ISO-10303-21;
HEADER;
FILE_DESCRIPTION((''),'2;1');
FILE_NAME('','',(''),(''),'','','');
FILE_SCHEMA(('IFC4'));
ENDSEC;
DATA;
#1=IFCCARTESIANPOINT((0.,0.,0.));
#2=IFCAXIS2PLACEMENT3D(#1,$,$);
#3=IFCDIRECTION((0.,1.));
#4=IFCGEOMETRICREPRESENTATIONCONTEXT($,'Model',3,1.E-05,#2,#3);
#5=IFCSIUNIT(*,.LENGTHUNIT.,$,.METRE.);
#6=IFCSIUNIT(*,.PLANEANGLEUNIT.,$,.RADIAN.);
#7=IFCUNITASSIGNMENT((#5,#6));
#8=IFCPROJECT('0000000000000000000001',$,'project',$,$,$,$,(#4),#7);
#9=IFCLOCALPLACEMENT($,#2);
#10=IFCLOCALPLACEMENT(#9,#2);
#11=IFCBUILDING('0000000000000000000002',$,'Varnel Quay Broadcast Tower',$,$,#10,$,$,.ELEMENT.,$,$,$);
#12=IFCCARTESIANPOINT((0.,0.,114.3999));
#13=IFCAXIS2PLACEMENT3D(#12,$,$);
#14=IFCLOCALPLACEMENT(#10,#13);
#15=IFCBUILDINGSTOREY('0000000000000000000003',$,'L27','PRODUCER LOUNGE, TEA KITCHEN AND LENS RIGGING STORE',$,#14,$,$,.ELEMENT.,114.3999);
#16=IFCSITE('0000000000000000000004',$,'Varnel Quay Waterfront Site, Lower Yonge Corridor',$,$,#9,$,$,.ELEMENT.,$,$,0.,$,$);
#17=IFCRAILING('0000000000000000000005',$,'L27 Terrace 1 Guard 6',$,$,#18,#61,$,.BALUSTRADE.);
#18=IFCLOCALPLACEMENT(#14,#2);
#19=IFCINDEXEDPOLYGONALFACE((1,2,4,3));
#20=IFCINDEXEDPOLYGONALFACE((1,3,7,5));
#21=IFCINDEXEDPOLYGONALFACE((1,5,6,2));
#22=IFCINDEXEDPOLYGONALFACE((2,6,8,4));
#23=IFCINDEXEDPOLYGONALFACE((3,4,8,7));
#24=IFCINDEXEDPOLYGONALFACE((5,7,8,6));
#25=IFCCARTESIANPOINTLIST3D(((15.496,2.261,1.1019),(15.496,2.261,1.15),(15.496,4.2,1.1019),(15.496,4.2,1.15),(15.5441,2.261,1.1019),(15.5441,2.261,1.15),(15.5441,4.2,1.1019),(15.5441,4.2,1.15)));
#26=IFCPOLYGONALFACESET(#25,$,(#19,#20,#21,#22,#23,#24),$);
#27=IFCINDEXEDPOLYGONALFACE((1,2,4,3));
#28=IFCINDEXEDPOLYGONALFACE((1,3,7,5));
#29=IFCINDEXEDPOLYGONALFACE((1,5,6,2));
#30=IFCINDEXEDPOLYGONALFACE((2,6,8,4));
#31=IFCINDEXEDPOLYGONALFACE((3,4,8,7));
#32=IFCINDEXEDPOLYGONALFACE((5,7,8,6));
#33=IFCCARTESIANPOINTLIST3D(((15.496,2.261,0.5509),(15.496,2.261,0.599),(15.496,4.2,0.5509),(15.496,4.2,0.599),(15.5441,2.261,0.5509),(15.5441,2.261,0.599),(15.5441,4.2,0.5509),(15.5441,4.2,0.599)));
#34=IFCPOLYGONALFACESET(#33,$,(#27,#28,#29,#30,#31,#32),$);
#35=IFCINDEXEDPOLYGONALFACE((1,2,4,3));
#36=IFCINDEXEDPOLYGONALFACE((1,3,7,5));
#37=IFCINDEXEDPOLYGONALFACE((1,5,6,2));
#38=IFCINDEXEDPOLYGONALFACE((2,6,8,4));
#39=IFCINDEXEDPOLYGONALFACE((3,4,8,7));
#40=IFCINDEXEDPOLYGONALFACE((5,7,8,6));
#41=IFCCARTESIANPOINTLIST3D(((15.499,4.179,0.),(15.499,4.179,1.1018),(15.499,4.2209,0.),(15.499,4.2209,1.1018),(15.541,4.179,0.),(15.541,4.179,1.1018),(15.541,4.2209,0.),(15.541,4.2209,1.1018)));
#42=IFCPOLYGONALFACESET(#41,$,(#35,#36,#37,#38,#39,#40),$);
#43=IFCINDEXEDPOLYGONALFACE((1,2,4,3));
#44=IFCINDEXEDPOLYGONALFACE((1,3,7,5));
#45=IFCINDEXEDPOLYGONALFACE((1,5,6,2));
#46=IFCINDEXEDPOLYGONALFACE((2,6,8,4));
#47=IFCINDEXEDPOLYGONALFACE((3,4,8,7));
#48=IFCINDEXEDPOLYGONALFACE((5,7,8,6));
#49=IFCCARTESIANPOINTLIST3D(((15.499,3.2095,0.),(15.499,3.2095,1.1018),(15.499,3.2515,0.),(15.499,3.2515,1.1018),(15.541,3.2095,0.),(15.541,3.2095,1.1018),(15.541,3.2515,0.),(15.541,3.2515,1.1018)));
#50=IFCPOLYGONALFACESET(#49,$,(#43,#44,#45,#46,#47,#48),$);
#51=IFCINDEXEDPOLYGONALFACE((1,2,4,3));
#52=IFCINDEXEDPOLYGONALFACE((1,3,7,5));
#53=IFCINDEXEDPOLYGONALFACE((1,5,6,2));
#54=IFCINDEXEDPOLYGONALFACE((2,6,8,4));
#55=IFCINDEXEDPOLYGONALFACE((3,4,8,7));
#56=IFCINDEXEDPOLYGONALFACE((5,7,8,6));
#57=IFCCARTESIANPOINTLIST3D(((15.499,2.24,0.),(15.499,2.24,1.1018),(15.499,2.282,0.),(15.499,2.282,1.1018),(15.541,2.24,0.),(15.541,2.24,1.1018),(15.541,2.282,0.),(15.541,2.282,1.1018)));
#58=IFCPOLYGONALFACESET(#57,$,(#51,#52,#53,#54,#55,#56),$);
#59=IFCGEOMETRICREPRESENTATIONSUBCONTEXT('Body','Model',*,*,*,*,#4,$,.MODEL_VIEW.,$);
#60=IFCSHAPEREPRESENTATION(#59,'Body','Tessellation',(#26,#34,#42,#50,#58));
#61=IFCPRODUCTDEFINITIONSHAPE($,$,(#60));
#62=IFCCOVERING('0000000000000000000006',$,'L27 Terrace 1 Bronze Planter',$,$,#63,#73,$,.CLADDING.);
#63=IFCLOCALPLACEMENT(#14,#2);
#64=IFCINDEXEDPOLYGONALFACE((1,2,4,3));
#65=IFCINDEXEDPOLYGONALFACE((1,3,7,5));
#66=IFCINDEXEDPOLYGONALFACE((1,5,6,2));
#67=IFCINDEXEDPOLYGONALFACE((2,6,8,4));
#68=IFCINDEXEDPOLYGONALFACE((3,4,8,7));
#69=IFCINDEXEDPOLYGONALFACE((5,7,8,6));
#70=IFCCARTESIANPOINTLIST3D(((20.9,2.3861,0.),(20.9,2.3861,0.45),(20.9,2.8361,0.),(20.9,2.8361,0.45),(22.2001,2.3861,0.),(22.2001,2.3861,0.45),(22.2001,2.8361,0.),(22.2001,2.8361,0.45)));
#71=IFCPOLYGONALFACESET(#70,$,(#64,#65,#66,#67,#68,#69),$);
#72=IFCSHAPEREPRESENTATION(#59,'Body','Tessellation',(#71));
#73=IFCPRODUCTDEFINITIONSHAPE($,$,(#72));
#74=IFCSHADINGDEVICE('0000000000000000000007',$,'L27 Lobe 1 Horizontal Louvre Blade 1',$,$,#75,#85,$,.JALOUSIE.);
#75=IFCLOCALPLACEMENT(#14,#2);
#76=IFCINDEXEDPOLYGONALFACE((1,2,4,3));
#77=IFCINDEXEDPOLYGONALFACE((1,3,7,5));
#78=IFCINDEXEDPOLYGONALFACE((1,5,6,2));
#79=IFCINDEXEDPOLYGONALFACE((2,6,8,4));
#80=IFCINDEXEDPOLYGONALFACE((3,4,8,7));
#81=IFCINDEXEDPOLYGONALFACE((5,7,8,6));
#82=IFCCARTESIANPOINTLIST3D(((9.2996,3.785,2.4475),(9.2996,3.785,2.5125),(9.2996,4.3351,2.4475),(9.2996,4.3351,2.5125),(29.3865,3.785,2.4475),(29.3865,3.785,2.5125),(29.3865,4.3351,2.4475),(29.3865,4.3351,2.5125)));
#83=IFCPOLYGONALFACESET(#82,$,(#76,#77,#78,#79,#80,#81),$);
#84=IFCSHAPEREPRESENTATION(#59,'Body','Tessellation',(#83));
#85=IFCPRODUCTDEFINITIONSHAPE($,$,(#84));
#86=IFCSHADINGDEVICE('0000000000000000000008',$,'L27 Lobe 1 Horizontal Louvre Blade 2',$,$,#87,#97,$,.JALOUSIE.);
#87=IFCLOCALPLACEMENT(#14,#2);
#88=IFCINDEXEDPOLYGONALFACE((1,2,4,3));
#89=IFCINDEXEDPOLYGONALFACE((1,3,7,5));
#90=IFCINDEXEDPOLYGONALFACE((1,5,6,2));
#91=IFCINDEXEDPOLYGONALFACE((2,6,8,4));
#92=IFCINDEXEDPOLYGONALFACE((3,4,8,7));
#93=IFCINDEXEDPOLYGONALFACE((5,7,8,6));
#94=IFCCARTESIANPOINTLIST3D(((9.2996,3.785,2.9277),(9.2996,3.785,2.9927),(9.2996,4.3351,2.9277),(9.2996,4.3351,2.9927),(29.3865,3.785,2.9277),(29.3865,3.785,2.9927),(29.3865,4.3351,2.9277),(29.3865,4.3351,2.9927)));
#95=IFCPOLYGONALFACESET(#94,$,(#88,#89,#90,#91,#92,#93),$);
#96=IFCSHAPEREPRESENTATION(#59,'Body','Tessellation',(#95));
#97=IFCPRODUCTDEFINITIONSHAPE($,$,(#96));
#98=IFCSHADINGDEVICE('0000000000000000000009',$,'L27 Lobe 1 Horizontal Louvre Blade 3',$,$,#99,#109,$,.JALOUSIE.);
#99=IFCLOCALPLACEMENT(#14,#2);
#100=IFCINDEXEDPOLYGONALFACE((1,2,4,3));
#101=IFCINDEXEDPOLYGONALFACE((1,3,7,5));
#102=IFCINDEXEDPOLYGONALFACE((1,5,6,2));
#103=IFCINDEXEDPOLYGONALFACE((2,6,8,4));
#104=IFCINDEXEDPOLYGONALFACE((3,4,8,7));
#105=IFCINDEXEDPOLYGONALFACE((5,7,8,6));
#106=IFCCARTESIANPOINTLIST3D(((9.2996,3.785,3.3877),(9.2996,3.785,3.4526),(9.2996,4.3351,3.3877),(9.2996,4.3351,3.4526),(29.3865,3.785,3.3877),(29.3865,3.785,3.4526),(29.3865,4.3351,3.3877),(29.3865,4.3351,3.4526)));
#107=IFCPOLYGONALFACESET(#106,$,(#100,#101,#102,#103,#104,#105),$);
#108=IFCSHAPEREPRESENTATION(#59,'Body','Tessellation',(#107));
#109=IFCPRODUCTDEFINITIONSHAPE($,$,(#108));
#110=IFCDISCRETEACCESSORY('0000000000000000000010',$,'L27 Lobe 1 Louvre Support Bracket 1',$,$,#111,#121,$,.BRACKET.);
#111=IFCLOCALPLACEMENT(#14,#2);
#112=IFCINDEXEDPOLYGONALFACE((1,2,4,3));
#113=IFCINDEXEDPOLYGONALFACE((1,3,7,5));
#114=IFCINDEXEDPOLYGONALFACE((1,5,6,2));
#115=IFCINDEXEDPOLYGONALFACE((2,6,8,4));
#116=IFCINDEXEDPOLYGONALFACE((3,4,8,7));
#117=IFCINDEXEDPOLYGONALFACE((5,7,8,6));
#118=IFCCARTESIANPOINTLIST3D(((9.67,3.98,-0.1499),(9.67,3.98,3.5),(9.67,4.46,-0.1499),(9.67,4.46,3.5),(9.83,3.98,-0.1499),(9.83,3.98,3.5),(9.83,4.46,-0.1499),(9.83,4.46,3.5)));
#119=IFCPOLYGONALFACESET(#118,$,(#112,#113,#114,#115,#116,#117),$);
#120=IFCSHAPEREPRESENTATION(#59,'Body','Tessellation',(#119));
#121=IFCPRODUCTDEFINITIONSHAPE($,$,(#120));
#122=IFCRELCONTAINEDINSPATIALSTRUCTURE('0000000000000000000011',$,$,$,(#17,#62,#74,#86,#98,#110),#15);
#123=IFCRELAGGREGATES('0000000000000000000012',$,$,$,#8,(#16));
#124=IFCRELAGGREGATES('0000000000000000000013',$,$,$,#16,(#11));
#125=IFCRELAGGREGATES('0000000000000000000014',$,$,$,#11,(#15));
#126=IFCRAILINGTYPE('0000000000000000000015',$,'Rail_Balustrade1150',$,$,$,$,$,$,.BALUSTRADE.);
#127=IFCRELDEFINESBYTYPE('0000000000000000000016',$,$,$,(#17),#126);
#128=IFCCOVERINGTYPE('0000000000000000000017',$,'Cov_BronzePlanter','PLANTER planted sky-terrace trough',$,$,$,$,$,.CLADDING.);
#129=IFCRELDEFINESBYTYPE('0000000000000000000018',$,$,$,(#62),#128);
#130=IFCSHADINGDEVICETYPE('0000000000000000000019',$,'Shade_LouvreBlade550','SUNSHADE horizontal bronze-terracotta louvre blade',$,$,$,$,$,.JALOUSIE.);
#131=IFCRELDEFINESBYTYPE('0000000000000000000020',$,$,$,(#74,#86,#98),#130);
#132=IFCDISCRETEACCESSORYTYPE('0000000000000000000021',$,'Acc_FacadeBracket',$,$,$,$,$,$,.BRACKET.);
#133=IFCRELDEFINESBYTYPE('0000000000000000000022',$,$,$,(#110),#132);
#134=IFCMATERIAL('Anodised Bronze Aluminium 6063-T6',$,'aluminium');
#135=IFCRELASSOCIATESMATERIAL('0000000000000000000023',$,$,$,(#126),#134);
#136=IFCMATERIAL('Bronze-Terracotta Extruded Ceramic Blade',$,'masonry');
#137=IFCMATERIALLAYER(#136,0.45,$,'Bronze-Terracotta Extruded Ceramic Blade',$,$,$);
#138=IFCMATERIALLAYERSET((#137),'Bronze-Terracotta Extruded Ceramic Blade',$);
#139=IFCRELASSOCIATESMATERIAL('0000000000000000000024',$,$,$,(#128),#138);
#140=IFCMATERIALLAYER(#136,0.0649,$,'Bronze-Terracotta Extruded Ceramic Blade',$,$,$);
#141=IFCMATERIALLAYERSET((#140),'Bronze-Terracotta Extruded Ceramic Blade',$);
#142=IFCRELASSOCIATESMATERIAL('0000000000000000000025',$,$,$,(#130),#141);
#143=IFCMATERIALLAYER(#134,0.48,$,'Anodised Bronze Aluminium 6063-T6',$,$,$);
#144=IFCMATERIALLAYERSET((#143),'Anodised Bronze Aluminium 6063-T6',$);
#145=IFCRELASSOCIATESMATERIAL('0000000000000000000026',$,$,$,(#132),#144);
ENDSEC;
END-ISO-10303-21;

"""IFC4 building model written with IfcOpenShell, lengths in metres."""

from ifc_helpers import new_model, si_unit, direction, frame, origin, origin_2d, place, context, subcontext, project, spatial, rectangle, extrude, source, transform, mapped, material, layer, layer_set, type_object, type_shapes, element, save


model = new_model("IFC4")

# Units and contexts
model_context = context("Model", 3, precision=1e-05, world=origin(), true_north=direction((0.0, 1.0)))
body_context = subcontext(model_context, "Body", "Model", "MODEL_VIEW")
ifc_project = project(units=[si_unit("LENGTHUNIT", "METRE"), si_unit("PLANEANGLEUNIT", "RADIAN")], contexts=[model_context])

# Site, building, storey
site_placement = place(None, origin())
site = spatial("IfcSite", under=ifc_project, at=site_placement, Name="Varnel Quay Waterfront Site, Lower Yonge Corridor", CompositionType="ELEMENT", RefElevation=0.0)
building_placement = place(site_placement, origin())
building = spatial("IfcBuilding", under=site, at=building_placement, Name="Varnel Quay Broadcast Tower", CompositionType="ELEMENT")
storey_placement = place(building_placement, frame((0.0, 0.0, 114.3999)))
storey = spatial("IfcBuildingStorey", under=building, at=storey_placement, Name="L27", Description="PRODUCER LOUNGE, TEA KITCHEN AND LENS RIGGING STORE", CompositionType="ELEMENT", Elevation=114.3999)

# Shared definitions
ifc_material_1 = material(Name="Anodised Bronze Aluminium 6063-T6", Category="aluminium")

# Railing
railing_type = type_object("IfcRailingType", Name="Rail_Balustrade1150", PredefinedType="BALUSTRADE", material=ifc_material_1)
railing_1_placement = place(storey_placement, frame((15.52, 4.2, 0.0)))
element("IfcRailing", 1, at=railing_1_placement, inside=storey, type_object=railing_type, Name="L27 Terrace 1 Guard 6", PredefinedType="BALUSTRADE", context=body_context, shape_type="SweptSolid", body=[
    extrude(rectangle(XDim=0.0481, YDim=0.0481, at=origin_2d()), frame((0.0, 0.0, 1.126), z_axis=(0.0, -1.0, 0.0), x_axis=(1.0, 0.0, 0.0)), (0.0, 0.0, 1.0), 1.939),
    extrude(rectangle(XDim=0.0481, YDim=0.0481, at=origin_2d()), frame((0.0, 0.0, 0.575), z_axis=(0.0, -1.0, 0.0), x_axis=(1.0, 0.0, 0.0)), (0.0, 0.0, 1.0), 1.939),
    extrude(rectangle(XDim=0.042, YDim=0.042, at=origin_2d()), origin(), (0.0, 0.0, 1.0), 1.1018),
    extrude(rectangle(XDim=0.042, YDim=0.042, at=origin_2d()), frame((0.0, -0.9695, 0.0)), (0.0, 0.0, 1.0), 1.1018),
    extrude(rectangle(XDim=0.042, YDim=0.042, at=origin_2d()), frame((0.0, -1.939, 0.0)), (0.0, 0.0, 1.0), 1.1018),
])

# Covering
ifc_material_2 = material(Name="Bronze-Terracotta Extruded Ceramic Blade", Category="masonry")
ifc_layer_1 = layer(ifc_material_2, 0.45, Name="Bronze-Terracotta Extruded Ceramic Blade")
ifc_layer_set_1 = layer_set([ifc_layer_1], Name="Bronze-Terracotta Extruded Ceramic Blade")
covering_type = type_object("IfcCoveringType", Name="Cov_BronzePlanter", Description="PLANTER planted sky-terrace trough", PredefinedType="CLADDING", material=ifc_layer_set_1)
shared_shape_1 = source(origin(), body_context, "Body", "SweptSolid", [
    extrude(rectangle(XDim=1.3, YDim=0.45, at=origin_2d()), origin(), (0.0, 0.0, 1.0), 0.45),
])
type_shapes(covering_type, [shared_shape_1])
covering_placement = place(storey_placement, frame((21.55, 2.6111, 0.0), z_axis=(0.0, 0.0, 1.0), x_axis=(1.0, 0.0, 0.0)))
element("IfcCovering", 2, at=covering_placement, inside=storey, type_object=covering_type, Name="L27 Terrace 1 Bronze Planter", PredefinedType="CLADDING", context=body_context, shape_type="MappedRepresentation", body=[
    mapped(shared_shape_1, transform((0.0, 0.0, 0.0), x_axis=(1.0, 0.0, 0.0), y_axis=(0.0, 1.0, 0.0), z_axis=(0.0, 0.0, 1.0), scale=1.0)),
])

# Shading devices
ifc_layer_2 = layer(ifc_material_2, 0.0649, Name="Bronze-Terracotta Extruded Ceramic Blade")
ifc_layer_set_2 = layer_set([ifc_layer_2], Name="Bronze-Terracotta Extruded Ceramic Blade")
shading_device_type = type_object("IfcShadingDeviceType", Name="Shade_LouvreBlade550", Description="SUNSHADE horizontal bronze-terracotta louvre blade", PredefinedType="JALOUSIE", material=ifc_layer_set_2)
shared_shape_2 = source(origin(), body_context, "Body", "SweptSolid", [
    extrude(rectangle(XDim=20.0869, YDim=0.55, at=origin_2d()), origin(), (0.0, 0.0, 1.0), 0.0649),
])
type_shapes(shading_device_type, [shared_shape_2])
for number, where, z_axis, x_axis, name in (
    (3, (19.343, 4.0601, 2.4475), (0.0, 0.0, 1.0), (1.0, 0.0, 0.0), "L27 Lobe 1 Horizontal Louvre Blade 1"),
    (4, (19.343, 4.0601, 2.9277), (0.0, 0.0, 1.0), (1.0, 0.0, 0.0), "L27 Lobe 1 Horizontal Louvre Blade 2"),
    (5, (19.343, 4.0601, 3.3877), (0.0, 0.0, 1.0), (1.0, 0.0, 0.0), "L27 Lobe 1 Horizontal Louvre Blade 3"),
):
    element("IfcShadingDevice", number, at=place(storey_placement, frame(where, z_axis=z_axis, x_axis=x_axis)), inside=storey, type_object=shading_device_type, Name=name, PredefinedType="JALOUSIE", context=body_context, shape_type="MappedRepresentation", body=[
        mapped(shared_shape_2, transform((0.0, 0.0, 0.0), x_axis=(1.0, 0.0, 0.0), y_axis=(0.0, 1.0, 0.0), z_axis=(0.0, 0.0, 1.0), scale=1.0)),
    ])

# Discrete accessory
ifc_layer_3 = layer(ifc_material_1, 0.48, Name="Anodised Bronze Aluminium 6063-T6")
ifc_layer_set_3 = layer_set([ifc_layer_3], Name="Anodised Bronze Aluminium 6063-T6")
discrete_accessory_type = type_object("IfcDiscreteAccessoryType", Name="Acc_FacadeBracket", PredefinedType="BRACKET", material=ifc_layer_set_3)
shared_shape_3 = source(origin(), body_context, "Body", "SweptSolid", [
    extrude(rectangle(XDim=0.1599, YDim=0.48, at=origin_2d()), origin(), (0.0, 0.0, 1.0), 3.6499),
])
type_shapes(discrete_accessory_type, [shared_shape_3])
discrete_accessory_placement = place(storey_placement, frame((9.75, 4.22, -0.1499), z_axis=(0.0, 0.0, 1.0), x_axis=(1.0, 0.0, 0.0)))
element("IfcDiscreteAccessory", 6, at=discrete_accessory_placement, inside=storey, type_object=discrete_accessory_type, Name="L27 Lobe 1 Louvre Support Bracket 1", PredefinedType="BRACKET", context=body_context, shape_type="MappedRepresentation", body=[
    mapped(shared_shape_3, transform((0.0, 0.0, 0.0), x_axis=(1.0, 0.0, 0.0), y_axis=(0.0, 1.0, 0.0), z_axis=(0.0, 0.0, 1.0), scale=1.0)),
])

save(model, "model.ifc")
